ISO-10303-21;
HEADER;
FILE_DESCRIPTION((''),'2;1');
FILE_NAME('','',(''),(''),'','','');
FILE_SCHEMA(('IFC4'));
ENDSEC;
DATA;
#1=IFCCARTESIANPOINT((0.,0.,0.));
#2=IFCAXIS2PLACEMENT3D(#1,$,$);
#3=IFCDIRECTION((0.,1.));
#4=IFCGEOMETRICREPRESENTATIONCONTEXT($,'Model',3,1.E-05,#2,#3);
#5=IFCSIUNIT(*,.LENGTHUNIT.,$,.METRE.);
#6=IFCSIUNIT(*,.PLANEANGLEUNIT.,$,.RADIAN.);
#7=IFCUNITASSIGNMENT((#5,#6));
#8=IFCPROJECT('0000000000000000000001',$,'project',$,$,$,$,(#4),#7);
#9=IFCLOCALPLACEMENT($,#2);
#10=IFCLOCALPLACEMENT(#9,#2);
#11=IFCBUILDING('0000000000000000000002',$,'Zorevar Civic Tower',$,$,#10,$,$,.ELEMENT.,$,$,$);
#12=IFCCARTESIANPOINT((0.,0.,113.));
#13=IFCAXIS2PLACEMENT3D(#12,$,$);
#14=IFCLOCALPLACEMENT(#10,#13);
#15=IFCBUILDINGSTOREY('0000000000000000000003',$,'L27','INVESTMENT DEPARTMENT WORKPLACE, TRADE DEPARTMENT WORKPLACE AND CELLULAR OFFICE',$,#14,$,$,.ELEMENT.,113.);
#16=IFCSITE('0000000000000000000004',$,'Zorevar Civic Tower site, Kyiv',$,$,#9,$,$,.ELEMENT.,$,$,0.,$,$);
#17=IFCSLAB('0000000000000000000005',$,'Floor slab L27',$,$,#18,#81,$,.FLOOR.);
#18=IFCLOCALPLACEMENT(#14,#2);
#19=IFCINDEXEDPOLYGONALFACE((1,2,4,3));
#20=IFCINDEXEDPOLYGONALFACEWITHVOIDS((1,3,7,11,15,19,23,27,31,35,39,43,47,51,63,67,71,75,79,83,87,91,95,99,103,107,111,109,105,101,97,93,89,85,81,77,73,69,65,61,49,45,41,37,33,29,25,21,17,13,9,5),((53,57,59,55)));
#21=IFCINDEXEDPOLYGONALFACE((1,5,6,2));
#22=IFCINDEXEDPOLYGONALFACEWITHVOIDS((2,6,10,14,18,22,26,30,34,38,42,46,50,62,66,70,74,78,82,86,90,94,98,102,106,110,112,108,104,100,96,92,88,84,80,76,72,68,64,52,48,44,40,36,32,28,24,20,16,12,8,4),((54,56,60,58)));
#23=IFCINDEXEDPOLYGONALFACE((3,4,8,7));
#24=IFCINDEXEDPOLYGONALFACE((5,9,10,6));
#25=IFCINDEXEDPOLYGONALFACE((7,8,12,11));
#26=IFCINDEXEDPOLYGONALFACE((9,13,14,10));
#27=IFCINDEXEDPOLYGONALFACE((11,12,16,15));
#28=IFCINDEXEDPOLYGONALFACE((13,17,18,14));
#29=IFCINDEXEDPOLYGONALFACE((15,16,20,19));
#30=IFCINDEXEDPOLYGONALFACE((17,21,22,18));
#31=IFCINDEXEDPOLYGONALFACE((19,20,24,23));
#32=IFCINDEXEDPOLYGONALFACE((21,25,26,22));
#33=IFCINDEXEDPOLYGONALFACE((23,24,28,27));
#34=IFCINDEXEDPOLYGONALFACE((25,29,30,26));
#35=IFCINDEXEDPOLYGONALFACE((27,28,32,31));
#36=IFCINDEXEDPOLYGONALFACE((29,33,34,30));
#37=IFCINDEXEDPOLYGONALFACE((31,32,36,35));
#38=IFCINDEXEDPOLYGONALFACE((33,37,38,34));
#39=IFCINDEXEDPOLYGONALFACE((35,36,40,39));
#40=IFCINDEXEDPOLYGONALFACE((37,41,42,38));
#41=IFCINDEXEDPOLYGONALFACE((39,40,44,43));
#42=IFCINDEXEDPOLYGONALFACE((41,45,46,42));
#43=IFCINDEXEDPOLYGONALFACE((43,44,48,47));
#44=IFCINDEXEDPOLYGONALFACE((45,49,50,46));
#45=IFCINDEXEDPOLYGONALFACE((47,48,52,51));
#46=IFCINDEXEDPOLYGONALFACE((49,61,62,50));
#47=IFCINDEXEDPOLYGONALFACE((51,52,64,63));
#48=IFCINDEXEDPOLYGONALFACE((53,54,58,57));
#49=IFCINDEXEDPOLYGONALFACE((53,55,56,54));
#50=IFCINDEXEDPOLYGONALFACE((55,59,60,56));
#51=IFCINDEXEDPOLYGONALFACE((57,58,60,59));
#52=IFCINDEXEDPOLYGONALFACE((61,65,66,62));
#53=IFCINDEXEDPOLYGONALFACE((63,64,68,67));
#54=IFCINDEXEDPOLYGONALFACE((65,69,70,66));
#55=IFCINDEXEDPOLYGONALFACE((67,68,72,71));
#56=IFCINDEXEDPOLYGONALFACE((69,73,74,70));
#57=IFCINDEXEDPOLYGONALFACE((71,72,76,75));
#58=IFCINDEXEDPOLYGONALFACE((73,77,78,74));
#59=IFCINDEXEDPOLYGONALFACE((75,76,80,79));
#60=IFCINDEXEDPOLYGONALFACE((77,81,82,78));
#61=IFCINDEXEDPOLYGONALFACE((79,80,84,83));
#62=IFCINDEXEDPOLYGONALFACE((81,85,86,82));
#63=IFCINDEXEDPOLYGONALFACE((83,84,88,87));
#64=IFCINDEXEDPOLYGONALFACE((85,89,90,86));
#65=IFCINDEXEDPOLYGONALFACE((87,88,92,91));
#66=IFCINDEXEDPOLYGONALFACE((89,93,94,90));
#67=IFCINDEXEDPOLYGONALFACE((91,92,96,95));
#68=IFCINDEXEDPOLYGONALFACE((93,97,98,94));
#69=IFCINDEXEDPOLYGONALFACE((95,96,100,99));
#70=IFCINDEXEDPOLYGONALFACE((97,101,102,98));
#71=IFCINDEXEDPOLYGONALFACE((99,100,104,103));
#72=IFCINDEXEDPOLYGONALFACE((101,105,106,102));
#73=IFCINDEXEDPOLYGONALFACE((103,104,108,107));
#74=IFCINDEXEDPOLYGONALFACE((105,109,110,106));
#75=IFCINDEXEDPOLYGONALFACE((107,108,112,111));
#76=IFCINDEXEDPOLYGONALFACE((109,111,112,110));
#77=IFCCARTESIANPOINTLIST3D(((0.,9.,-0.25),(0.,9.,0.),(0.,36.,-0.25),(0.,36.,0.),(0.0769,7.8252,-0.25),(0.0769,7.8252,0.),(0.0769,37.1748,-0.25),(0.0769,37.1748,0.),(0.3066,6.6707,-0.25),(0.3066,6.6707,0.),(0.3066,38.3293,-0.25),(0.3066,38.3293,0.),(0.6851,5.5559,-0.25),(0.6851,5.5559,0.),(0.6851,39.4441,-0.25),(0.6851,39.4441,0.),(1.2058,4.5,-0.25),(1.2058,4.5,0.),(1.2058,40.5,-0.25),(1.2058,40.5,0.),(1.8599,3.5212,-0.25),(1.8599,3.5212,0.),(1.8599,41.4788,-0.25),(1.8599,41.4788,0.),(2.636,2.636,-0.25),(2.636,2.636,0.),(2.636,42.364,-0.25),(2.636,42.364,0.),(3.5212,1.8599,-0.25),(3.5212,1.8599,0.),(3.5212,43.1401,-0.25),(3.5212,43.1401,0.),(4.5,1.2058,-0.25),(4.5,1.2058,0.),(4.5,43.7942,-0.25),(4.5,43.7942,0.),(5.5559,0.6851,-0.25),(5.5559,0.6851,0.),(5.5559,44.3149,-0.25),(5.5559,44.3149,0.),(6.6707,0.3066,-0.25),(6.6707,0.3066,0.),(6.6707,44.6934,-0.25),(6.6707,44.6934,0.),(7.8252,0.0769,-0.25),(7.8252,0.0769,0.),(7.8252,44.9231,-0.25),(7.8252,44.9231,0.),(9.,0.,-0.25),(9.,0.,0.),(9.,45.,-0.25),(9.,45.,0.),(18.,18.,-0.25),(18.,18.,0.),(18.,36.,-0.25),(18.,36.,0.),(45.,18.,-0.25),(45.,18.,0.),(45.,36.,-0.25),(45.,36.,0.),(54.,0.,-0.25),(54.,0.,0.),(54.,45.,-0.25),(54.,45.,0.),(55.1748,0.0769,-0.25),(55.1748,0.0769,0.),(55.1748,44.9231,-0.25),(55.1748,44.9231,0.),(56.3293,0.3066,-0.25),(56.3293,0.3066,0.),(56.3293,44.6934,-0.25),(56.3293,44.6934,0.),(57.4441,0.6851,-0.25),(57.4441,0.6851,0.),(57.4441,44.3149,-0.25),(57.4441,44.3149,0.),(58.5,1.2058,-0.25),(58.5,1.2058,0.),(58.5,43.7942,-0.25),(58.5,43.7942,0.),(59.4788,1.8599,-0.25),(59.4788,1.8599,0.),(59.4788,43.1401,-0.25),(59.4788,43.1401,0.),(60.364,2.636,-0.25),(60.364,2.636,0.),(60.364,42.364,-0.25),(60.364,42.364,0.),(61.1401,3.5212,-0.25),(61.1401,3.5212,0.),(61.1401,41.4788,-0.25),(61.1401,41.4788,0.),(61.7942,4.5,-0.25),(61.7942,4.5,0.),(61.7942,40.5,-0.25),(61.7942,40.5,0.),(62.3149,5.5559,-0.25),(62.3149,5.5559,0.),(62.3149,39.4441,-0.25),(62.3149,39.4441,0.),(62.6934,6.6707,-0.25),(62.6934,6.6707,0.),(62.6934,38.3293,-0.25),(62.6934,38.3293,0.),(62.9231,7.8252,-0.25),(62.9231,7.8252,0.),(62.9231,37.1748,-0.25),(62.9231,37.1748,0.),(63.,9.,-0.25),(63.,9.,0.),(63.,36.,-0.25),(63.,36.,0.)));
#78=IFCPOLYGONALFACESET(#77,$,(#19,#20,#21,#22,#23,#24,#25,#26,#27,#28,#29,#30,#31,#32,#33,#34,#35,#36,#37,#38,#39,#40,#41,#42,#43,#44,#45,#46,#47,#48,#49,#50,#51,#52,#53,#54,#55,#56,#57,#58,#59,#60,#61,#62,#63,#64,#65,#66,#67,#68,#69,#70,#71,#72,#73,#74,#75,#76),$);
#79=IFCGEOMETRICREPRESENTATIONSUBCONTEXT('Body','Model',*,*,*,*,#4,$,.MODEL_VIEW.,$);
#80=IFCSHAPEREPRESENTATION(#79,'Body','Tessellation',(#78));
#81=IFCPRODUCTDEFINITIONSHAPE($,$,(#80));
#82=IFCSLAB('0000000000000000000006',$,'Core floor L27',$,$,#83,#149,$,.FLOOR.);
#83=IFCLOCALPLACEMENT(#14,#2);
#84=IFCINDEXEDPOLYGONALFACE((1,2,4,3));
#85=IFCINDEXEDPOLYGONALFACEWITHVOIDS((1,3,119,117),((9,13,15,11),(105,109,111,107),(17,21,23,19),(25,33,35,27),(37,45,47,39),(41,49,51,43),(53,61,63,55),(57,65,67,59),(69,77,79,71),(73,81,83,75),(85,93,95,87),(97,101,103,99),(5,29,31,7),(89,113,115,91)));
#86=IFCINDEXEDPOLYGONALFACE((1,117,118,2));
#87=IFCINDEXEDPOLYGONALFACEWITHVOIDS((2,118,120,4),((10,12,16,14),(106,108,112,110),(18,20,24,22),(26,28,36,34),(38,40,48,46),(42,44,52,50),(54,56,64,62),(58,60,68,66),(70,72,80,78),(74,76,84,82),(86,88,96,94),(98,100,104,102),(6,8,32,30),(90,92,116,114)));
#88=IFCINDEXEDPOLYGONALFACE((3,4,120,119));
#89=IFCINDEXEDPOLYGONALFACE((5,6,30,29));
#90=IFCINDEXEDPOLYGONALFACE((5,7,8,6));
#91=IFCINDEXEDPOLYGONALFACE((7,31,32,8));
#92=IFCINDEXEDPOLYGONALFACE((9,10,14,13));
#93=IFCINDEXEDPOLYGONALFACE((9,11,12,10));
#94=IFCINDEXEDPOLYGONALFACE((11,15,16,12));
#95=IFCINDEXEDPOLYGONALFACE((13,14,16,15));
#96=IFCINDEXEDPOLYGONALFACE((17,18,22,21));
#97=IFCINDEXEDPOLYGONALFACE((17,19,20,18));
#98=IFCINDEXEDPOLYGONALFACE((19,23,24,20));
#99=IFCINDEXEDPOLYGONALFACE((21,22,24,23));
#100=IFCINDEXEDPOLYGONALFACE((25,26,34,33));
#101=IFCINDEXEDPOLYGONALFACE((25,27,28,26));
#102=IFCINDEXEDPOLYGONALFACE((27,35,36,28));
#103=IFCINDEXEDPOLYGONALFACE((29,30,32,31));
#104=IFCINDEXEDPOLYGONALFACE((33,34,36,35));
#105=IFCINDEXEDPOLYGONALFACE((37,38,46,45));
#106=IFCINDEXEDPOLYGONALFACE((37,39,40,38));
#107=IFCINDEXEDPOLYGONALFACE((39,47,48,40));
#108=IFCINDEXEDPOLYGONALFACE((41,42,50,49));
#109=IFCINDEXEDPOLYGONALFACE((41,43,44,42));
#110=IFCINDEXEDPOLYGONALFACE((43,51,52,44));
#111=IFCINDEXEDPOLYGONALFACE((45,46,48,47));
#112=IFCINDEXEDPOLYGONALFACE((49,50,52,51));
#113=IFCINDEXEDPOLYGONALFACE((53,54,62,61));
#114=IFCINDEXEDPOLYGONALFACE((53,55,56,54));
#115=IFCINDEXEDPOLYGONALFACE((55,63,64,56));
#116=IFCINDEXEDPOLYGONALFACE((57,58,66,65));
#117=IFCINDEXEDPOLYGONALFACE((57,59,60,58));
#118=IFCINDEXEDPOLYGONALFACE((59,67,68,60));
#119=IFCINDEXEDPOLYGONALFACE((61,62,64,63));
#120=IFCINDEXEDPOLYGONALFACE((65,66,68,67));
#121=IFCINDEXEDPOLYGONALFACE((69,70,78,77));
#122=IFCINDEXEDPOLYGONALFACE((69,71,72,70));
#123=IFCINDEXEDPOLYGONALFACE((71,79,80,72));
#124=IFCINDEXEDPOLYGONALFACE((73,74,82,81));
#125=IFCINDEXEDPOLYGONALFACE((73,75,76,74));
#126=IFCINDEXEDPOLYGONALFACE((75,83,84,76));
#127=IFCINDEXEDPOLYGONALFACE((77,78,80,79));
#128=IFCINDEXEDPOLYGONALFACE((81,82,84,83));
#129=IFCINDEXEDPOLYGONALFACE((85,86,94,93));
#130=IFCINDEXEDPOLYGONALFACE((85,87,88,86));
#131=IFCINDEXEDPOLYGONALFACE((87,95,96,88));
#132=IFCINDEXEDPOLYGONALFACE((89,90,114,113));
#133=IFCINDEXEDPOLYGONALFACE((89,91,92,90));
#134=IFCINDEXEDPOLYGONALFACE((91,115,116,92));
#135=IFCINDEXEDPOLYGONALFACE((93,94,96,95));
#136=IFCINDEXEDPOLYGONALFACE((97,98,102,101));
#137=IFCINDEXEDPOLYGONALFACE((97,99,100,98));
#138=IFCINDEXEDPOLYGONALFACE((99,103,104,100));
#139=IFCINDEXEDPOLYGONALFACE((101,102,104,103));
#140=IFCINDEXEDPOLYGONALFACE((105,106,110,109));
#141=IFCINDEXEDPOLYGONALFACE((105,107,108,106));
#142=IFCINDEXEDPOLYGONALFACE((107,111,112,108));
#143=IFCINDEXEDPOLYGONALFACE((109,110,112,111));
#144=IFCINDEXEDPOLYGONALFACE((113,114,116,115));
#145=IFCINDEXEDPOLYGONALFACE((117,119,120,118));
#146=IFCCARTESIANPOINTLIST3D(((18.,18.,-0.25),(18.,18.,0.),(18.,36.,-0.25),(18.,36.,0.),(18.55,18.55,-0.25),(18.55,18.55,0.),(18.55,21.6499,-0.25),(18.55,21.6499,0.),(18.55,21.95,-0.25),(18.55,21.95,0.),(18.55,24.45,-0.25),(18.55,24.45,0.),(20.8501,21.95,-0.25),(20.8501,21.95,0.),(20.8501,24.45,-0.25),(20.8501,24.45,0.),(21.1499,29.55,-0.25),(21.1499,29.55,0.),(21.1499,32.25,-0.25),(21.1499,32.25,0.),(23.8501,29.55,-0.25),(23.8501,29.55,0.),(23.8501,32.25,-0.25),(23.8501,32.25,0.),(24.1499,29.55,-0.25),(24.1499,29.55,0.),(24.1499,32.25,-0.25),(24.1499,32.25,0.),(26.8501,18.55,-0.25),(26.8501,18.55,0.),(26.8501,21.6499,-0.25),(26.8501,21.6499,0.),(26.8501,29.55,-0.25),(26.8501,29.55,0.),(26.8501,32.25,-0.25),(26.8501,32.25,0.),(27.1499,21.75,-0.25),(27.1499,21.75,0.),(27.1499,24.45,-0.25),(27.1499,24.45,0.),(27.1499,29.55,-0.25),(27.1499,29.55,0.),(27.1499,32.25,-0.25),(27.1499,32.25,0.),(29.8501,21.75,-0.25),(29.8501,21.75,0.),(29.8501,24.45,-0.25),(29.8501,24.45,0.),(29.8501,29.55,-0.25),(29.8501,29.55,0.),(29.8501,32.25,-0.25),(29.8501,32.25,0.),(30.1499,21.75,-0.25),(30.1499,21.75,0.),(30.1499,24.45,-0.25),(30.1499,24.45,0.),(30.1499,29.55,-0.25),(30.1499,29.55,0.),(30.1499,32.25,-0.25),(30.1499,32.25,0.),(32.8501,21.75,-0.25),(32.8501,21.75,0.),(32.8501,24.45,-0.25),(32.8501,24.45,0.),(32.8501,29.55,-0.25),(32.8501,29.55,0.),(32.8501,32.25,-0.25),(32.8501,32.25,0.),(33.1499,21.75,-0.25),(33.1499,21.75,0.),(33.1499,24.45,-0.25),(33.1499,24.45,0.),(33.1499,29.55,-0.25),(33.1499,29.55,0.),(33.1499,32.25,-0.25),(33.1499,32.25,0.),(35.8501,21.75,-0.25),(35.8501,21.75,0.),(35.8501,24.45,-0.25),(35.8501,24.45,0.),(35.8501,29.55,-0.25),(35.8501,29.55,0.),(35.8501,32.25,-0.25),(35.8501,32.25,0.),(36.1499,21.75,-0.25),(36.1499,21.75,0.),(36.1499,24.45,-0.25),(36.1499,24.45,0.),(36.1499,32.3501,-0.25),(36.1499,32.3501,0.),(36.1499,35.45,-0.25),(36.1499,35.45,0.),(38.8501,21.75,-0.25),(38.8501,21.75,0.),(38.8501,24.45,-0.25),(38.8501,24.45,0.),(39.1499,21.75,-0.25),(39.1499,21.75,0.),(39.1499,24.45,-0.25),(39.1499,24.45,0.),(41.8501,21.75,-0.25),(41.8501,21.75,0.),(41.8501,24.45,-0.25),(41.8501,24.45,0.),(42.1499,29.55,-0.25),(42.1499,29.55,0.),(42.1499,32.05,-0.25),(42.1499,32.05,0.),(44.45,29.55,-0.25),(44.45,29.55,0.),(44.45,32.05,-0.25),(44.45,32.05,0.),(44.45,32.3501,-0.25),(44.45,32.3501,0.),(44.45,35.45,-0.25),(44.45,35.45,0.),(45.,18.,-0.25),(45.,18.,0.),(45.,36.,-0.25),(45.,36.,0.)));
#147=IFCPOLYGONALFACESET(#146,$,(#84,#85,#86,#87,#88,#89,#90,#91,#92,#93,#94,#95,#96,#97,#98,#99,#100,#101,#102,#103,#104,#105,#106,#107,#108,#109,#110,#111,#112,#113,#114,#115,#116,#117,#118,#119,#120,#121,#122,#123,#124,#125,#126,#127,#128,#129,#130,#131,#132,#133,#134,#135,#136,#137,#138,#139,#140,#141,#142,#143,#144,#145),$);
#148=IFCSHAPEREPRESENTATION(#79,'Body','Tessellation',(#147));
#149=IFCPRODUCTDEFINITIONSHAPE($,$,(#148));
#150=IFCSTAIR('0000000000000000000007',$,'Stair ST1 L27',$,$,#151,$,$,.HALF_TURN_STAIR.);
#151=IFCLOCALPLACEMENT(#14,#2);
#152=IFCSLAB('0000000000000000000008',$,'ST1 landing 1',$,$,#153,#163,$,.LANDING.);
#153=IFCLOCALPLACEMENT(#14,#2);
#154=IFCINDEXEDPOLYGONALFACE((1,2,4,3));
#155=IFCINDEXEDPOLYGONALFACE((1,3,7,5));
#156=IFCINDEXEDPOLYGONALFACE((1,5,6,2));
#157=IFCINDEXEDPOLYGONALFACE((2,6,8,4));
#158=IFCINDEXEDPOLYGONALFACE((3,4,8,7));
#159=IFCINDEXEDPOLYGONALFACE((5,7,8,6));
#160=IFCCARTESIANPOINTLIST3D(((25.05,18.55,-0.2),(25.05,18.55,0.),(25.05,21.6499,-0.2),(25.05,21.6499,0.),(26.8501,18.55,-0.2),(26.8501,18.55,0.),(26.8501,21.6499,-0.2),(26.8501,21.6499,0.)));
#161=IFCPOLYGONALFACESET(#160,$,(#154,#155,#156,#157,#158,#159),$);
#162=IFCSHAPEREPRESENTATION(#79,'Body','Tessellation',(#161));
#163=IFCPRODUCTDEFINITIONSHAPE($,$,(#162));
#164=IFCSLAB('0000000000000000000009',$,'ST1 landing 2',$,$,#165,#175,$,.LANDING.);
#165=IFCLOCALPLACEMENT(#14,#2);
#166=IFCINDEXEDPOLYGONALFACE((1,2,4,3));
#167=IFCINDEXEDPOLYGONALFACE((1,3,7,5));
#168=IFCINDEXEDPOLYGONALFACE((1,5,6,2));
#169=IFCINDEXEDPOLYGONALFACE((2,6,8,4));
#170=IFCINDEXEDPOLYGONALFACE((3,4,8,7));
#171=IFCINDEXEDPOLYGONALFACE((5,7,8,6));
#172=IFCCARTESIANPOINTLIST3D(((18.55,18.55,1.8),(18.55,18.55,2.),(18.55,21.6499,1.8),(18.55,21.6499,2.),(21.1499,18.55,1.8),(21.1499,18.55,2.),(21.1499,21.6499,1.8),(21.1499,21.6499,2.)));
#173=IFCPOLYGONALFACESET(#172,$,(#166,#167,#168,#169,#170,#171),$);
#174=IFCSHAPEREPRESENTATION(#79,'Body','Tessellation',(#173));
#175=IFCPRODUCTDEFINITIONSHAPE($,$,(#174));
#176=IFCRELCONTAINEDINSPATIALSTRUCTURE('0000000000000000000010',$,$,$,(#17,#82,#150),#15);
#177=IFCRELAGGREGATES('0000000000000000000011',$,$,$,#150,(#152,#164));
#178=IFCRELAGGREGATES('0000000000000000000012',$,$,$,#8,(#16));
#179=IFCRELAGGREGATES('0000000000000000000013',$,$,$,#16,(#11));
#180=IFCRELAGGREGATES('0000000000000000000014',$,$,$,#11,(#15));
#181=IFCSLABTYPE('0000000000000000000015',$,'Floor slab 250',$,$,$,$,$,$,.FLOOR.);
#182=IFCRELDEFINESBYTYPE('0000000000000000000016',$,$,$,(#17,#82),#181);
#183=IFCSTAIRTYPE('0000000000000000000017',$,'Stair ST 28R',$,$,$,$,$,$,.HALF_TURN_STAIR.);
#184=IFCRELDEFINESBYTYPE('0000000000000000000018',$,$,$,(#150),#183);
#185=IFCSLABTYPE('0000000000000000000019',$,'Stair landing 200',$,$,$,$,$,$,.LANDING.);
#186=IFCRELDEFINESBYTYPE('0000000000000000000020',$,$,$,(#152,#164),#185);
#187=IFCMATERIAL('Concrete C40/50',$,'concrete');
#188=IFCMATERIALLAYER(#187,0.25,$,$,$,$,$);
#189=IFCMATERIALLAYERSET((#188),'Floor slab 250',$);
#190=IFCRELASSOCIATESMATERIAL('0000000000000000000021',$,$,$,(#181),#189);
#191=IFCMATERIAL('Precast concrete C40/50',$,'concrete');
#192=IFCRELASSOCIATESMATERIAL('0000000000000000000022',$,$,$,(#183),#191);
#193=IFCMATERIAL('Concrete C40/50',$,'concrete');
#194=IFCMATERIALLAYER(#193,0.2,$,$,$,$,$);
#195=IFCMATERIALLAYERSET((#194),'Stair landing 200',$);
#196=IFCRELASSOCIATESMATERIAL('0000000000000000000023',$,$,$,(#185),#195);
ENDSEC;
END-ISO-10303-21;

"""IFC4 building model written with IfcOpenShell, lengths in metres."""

from ifc_helpers import new_model, si_unit, direction, frame, origin, place, context, subcontext, project, spatial, polyline, outline, extrude, material, layer, layer_set, type_object, element, aggregate, save


model = new_model("IFC4")

# Units and contexts
model_context = context("Model", 3, precision=1e-05, world=origin(), true_north=direction((0.0, 1.0)))
body_context = subcontext(model_context, "Body", "Model", "MODEL_VIEW")
ifc_project = project(units=[si_unit("LENGTHUNIT", "METRE"), si_unit("PLANEANGLEUNIT", "RADIAN")], contexts=[model_context])

# Site, building, storey
site_placement = place(None, origin())
site = spatial("IfcSite", under=ifc_project, at=site_placement, Name="Zorevar Civic Tower site, Kyiv", CompositionType="ELEMENT", RefElevation=0.0)
building_placement = place(site_placement, origin())
building = spatial("IfcBuilding", under=site, at=building_placement, Name="Zorevar Civic Tower", CompositionType="ELEMENT")
storey_placement = place(building_placement, frame((0.0, 0.0, 113.0)))
storey = spatial("IfcBuildingStorey", under=building, at=storey_placement, Name="L27", Description="INVESTMENT DEPARTMENT WORKPLACE, TRADE DEPARTMENT WORKPLACE AND CELLULAR OFFICE", CompositionType="ELEMENT", Elevation=113.0)

# Slabs
ifc_material_1 = material(Name="Concrete C40/50", Category="concrete")
ifc_layer_1 = layer(ifc_material_1, 0.25)
ifc_layer_set_1 = layer_set([ifc_layer_1], Name="Floor slab 250")
slab_type_1 = type_object("IfcSlabType", Name="Floor slab 250", PredefinedType="FLOOR", material=ifc_layer_set_1)
slab_1_placement = place(storey_placement, frame((0.0, 0.0, -0.25)))
element("IfcSlab", 1, at=slab_1_placement, inside=storey, type_object=slab_type_1, Name="Floor slab L27", PredefinedType="FLOOR", context=body_context, shape_type="SweptSolid", body=[
    extrude(outline(polyline([(54.0, 0.0), (55.1748, 0.0769), (56.3293, 0.3066), (57.4441, 0.6851), (58.5, 1.2058), (59.4788, 1.8599), (60.364, 2.636), (61.1401, 3.5212), (61.7942, 4.5), (62.3149, 5.5559), (62.6934, 6.6707), (62.9231, 7.8252), (63.0, 9.0), (63.0, 36.0), (62.9231, 37.1748), (62.6934, 38.3293), (62.3149, 39.4441), (61.7942, 40.5), (61.1401, 41.4788), (60.364, 42.364), (59.4788, 43.1401), (58.5, 43.7942), (57.4441, 44.3149), (56.3293, 44.6934), (55.1748, 44.9231), (54.0, 45.0), (9.0, 45.0), (7.8252, 44.9231), (6.6707, 44.6934), (5.5559, 44.3149), (4.5, 43.7942), (3.5212, 43.1401), (2.636, 42.364), (1.8599, 41.4788), (1.2058, 40.5), (0.6851, 39.4441), (0.3066, 38.3293), (0.0769, 37.1748), (0.0, 36.0), (0.0, 9.0), (0.0769, 7.8252), (0.3066, 6.6707), (0.6851, 5.5559), (1.2058, 4.5), (1.8599, 3.5212), (2.636, 2.636), (3.5212, 1.8599), (4.5, 1.2058), (5.5559, 0.6851), (6.6707, 0.3066), (7.8252, 0.0769), (9.0, 0.0), (54.0, 0.0)]), holes=[polyline([(18.0, 18.0), (45.0, 18.0), (45.0, 36.0), (18.0, 36.0), (18.0, 18.0)])]), origin(), (0.0, 0.0, 1.0), 0.25),
])
slab_2_placement = place(storey_placement, frame((0.0, 0.0, -0.25)))
element("IfcSlab", 2, at=slab_2_placement, inside=storey, type_object=slab_type_1, Name="Core floor L27", PredefinedType="FLOOR", context=body_context, shape_type="SweptSolid", body=[
    extrude(outline(polyline([(18.0, 18.0), (45.0, 18.0), (45.0, 36.0), (18.0, 36.0), (18.0, 18.0)]), holes=[polyline([(18.55, 18.55), (26.8501, 18.55), (26.8501, 21.6499), (18.55, 21.6499), (18.55, 18.55)]), polyline([(36.1499, 32.3501), (44.45, 32.3501), (44.45, 35.45), (36.1499, 35.45), (36.1499, 32.3501)]), polyline([(18.55, 21.95), (20.8501, 21.95), (20.8501, 24.45), (18.55, 24.45), (18.55, 21.95)]), polyline([(42.1499, 29.55), (44.45, 29.55), (44.45, 32.05), (42.1499, 32.05), (42.1499, 29.55)]), polyline([(27.1499, 21.75), (29.8501, 21.75), (29.8501, 24.45), (27.1499, 24.45), (27.1499, 21.75)]), polyline([(33.1499, 29.55), (35.8501, 29.55), (35.8501, 32.25), (33.1499, 32.25), (33.1499, 29.55)]), polyline([(30.1499, 21.75), (32.8501, 21.75), (32.8501, 24.45), (30.1499, 24.45), (30.1499, 21.75)]), polyline([(30.1499, 29.55), (32.8501, 29.55), (32.8501, 32.25), (30.1499, 32.25), (30.1499, 29.55)]), polyline([(33.1499, 21.75), (35.8501, 21.75), (35.8501, 24.45), (33.1499, 24.45), (33.1499, 21.75)]), polyline([(27.1499, 29.55), (29.8501, 29.55), (29.8501, 32.25), (27.1499, 32.25), (27.1499, 29.55)]), polyline([(36.1499, 21.75), (38.8501, 21.75), (38.8501, 24.45), (36.1499, 24.45), (36.1499, 21.75)]), polyline([(24.1499, 29.55), (26.8501, 29.55), (26.8501, 32.25), (24.1499, 32.25), (24.1499, 29.55)]), polyline([(39.1499, 21.75), (41.8501, 21.75), (41.8501, 24.45), (39.1499, 24.45), (39.1499, 21.75)]), polyline([(21.1499, 29.55), (23.8501, 29.55), (23.8501, 32.25), (21.1499, 32.25), (21.1499, 29.55)])]), origin(), (0.0, 0.0, 1.0), 0.25),
])

# Stair, slabs
ifc_material_2 = material(Name="Precast concrete C40/50", Category="concrete")
stair_type = type_object("IfcStairType", Name="Stair ST 28R", PredefinedType="HALF_TURN_STAIR", material=ifc_material_2)
stair_1_placement = place(storey_placement, origin())
stair_1 = element("IfcStair", 3, at=stair_1_placement, inside=storey, type_object=stair_type, Name="Stair ST1 L27", PredefinedType="HALF_TURN_STAIR")
ifc_material_3 = material(Name="Concrete C40/50", Category="concrete")
ifc_layer_2 = layer(ifc_material_3, 0.2)
ifc_layer_set_2 = layer_set([ifc_layer_2], Name="Stair landing 200")
slab_type_2 = type_object("IfcSlabType", Name="Stair landing 200", PredefinedType="LANDING", material=ifc_layer_set_2)
slab_3_placement = place(storey_placement, frame((0.0, 0.0, -0.2)))
slab_3 = element("IfcSlab", 4, at=slab_3_placement, type_object=slab_type_2, Name="ST1 landing 1", PredefinedType="LANDING", context=body_context, shape_type="SweptSolid", body=[
    extrude(outline(polyline([(25.05, 18.55), (26.8501, 18.55), (26.8501, 21.6499), (25.05, 21.6499), (25.05, 18.55)])), origin(), (0.0, 0.0, 1.0), 0.2),
])
slab_4_placement = place(storey_placement, frame((0.0, 0.0, 1.8)))
slab_4 = element("IfcSlab", 5, at=slab_4_placement, type_object=slab_type_2, Name="ST1 landing 2", PredefinedType="LANDING", context=body_context, shape_type="SweptSolid", body=[
    extrude(outline(polyline([(18.55, 18.55), (21.1499, 18.55), (21.1499, 21.6499), (18.55, 21.6499), (18.55, 18.55)])), origin(), (0.0, 0.0, 1.0), 0.2),
])
aggregate(stair_1, [slab_3, slab_4])

save(model, "model.ifc")
